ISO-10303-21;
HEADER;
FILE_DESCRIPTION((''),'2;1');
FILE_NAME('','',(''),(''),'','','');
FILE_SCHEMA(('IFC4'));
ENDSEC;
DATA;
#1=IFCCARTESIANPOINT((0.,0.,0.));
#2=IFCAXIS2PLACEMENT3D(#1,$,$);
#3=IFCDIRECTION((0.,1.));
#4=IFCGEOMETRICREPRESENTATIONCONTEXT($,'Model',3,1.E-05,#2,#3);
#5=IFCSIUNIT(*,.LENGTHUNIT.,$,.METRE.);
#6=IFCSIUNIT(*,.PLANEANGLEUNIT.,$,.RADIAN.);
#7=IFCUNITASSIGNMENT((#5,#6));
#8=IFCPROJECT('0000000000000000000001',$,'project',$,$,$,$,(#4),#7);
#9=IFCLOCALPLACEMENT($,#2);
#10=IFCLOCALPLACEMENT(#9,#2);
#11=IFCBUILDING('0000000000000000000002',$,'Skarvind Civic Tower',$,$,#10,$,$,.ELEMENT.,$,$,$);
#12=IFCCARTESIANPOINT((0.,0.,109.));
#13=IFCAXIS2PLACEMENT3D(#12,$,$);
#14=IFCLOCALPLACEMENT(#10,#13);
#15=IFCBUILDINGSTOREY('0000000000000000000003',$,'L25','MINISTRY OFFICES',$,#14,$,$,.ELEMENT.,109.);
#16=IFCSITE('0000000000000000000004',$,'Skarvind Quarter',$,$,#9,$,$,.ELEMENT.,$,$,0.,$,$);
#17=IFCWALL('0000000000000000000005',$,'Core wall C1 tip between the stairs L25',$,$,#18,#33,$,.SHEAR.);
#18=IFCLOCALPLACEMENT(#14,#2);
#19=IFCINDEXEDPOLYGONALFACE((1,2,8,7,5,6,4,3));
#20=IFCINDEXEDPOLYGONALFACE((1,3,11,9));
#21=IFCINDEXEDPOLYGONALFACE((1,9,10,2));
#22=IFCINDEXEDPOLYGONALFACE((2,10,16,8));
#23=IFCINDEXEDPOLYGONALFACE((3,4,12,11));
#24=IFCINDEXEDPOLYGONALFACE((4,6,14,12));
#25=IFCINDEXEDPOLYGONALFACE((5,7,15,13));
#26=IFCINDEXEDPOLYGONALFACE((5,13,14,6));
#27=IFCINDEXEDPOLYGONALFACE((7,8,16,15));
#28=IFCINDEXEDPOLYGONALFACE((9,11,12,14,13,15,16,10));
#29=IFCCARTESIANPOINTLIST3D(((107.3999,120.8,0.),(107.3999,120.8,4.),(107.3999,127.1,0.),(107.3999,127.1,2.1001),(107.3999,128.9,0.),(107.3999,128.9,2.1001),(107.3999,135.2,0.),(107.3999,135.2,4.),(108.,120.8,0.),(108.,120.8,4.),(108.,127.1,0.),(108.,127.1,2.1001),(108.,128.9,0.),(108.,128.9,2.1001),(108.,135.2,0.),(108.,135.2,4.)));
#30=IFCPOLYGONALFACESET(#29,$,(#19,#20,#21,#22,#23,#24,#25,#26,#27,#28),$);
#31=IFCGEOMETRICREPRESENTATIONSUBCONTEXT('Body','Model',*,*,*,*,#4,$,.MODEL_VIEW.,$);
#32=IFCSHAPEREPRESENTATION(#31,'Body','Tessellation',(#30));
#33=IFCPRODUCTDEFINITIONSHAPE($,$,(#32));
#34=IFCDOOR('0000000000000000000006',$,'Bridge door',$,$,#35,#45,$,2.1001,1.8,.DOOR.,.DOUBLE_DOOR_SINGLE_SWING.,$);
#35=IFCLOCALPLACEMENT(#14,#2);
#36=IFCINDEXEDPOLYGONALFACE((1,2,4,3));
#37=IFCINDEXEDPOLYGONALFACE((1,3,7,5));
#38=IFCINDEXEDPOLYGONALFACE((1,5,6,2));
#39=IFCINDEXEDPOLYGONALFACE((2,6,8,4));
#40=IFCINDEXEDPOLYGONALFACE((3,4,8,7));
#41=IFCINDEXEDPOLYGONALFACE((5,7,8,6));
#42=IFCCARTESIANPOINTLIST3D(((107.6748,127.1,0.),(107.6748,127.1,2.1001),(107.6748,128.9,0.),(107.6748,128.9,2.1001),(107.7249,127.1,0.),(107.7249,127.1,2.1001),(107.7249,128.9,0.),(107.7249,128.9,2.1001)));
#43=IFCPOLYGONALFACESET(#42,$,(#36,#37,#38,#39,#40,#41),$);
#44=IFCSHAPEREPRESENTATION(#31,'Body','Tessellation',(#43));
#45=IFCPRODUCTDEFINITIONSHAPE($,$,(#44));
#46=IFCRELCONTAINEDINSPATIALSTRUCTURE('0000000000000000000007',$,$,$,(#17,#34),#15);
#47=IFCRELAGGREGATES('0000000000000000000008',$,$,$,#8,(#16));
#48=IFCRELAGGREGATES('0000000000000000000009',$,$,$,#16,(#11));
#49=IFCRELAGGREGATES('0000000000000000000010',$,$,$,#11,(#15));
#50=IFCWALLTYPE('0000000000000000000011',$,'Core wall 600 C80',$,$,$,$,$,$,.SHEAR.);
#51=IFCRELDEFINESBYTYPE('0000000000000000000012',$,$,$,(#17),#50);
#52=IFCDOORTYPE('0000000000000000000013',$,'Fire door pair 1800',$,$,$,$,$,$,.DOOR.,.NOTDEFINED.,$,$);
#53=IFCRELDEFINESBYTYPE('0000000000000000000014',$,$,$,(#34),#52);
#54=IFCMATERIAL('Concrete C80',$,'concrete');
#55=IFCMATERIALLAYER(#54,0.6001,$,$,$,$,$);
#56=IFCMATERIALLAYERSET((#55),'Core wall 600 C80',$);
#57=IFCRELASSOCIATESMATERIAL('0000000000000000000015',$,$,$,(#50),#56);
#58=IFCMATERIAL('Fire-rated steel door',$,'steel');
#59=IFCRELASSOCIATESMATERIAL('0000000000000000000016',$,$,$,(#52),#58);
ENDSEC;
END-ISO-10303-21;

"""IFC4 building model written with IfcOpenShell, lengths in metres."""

from ifc_helpers import new_model, si_unit, direction, frame, frame_2d, origin, place, context, subcontext, project, spatial, rectangle, extrude, material, layer, layer_set, type_object, element, fill, save


model = new_model("IFC4")

# Units and contexts
model_context = context("Model", 3, precision=1e-05, world=origin(), true_north=direction((0.0, 1.0)))
body_context = subcontext(model_context, "Body", "Model", "MODEL_VIEW")
ifc_project = project(units=[si_unit("LENGTHUNIT", "METRE"), si_unit("PLANEANGLEUNIT", "RADIAN")], contexts=[model_context])

# Site, building, storey
site_placement = place(None, origin())
site = spatial("IfcSite", under=ifc_project, at=site_placement, Name="Skarvind Quarter", CompositionType="ELEMENT", RefElevation=0.0)
building_placement = place(site_placement, origin())
building = spatial("IfcBuilding", under=site, at=building_placement, Name="Skarvind Civic Tower", CompositionType="ELEMENT")
storey_placement = place(building_placement, frame((0.0, 0.0, 109.0)))
storey = spatial("IfcBuildingStorey", under=building, at=storey_placement, Name="L25", Description="MINISTRY OFFICES", CompositionType="ELEMENT", Elevation=109.0)

# Shared definitions
ifc_material_1 = material(Name="Concrete C80", Category="concrete")

# Shared definitions
ifc_layer_1 = layer(ifc_material_1, 0.6001)
ifc_layer_set_1 = layer_set([ifc_layer_1], Name="Core wall 600 C80")
wall_type_1 = type_object("IfcWallType", Name="Core wall 600 C80", PredefinedType="SHEAR", material=ifc_layer_set_1)

# Wall, opening, door
wall_1_placement = place(storey_placement, frame((107.7, 135.2, 0.0), z_axis=(0.0, 0.0, 1.0), x_axis=(0.0, -1.0, 0.0)))
wall_1 = element("IfcWall", 1, at=wall_1_placement, inside=storey, type_object=wall_type_1, Name="Core wall C1 tip between the stairs L25", PredefinedType="SHEAR", context=body_context, shape_type="SweptSolid", body=[
    extrude(rectangle(XDim=14.3999, YDim=0.6001, at=frame_2d((7.2, 0.0))), origin(), (0.0, 0.0, 1.0), 4.0),
])
opening_1_placement = place(wall_1_placement, frame((6.3, 0.0, 0.0)))
opening_1 = element("IfcOpeningElement", 2, at=opening_1_placement, cuts=wall_1, PredefinedType="OPENING", context=body_context, shape_type="SweptSolid", body=[
    extrude(rectangle(XDim=1.8, YDim=2.1001, at=frame_2d((0.8999, 1.05))), frame((0.0, 0.3101, 0.0), z_axis=(0.0, -1.0, 0.0), x_axis=(1.0, 0.0, 0.0)), (0.0, 0.0, 1.0), 0.6201),
])
ifc_material_2 = material(Name="Fire-rated steel door", Category="steel")
door_type_1 = type_object("IfcDoorType", Name="Fire door pair 1800", OperationType="NOTDEFINED", PredefinedType="DOOR", material=ifc_material_2)
door_1_placement = place(opening_1_placement, origin())
door_1 = element("IfcDoor", 3, at=door_1_placement, inside=storey, type_object=door_type_1, Name="Bridge door", OperationType="DOUBLE_DOOR_SINGLE_SWING", OverallHeight=2.1001, OverallWidth=1.8, PredefinedType="DOOR", context=body_context, shape_type="SweptSolid", body=[
    extrude(rectangle(XDim=1.8, YDim=2.1001, at=frame_2d((0.8999, 1.05))), frame((0.0, 0.0249, 0.0), z_axis=(0.0, -1.0, 0.0), x_axis=(1.0, 0.0, 0.0)), (0.0, 0.0, 1.0), 0.05),
])
fill(opening_1, door_1)

save(model, "model.ifc")
